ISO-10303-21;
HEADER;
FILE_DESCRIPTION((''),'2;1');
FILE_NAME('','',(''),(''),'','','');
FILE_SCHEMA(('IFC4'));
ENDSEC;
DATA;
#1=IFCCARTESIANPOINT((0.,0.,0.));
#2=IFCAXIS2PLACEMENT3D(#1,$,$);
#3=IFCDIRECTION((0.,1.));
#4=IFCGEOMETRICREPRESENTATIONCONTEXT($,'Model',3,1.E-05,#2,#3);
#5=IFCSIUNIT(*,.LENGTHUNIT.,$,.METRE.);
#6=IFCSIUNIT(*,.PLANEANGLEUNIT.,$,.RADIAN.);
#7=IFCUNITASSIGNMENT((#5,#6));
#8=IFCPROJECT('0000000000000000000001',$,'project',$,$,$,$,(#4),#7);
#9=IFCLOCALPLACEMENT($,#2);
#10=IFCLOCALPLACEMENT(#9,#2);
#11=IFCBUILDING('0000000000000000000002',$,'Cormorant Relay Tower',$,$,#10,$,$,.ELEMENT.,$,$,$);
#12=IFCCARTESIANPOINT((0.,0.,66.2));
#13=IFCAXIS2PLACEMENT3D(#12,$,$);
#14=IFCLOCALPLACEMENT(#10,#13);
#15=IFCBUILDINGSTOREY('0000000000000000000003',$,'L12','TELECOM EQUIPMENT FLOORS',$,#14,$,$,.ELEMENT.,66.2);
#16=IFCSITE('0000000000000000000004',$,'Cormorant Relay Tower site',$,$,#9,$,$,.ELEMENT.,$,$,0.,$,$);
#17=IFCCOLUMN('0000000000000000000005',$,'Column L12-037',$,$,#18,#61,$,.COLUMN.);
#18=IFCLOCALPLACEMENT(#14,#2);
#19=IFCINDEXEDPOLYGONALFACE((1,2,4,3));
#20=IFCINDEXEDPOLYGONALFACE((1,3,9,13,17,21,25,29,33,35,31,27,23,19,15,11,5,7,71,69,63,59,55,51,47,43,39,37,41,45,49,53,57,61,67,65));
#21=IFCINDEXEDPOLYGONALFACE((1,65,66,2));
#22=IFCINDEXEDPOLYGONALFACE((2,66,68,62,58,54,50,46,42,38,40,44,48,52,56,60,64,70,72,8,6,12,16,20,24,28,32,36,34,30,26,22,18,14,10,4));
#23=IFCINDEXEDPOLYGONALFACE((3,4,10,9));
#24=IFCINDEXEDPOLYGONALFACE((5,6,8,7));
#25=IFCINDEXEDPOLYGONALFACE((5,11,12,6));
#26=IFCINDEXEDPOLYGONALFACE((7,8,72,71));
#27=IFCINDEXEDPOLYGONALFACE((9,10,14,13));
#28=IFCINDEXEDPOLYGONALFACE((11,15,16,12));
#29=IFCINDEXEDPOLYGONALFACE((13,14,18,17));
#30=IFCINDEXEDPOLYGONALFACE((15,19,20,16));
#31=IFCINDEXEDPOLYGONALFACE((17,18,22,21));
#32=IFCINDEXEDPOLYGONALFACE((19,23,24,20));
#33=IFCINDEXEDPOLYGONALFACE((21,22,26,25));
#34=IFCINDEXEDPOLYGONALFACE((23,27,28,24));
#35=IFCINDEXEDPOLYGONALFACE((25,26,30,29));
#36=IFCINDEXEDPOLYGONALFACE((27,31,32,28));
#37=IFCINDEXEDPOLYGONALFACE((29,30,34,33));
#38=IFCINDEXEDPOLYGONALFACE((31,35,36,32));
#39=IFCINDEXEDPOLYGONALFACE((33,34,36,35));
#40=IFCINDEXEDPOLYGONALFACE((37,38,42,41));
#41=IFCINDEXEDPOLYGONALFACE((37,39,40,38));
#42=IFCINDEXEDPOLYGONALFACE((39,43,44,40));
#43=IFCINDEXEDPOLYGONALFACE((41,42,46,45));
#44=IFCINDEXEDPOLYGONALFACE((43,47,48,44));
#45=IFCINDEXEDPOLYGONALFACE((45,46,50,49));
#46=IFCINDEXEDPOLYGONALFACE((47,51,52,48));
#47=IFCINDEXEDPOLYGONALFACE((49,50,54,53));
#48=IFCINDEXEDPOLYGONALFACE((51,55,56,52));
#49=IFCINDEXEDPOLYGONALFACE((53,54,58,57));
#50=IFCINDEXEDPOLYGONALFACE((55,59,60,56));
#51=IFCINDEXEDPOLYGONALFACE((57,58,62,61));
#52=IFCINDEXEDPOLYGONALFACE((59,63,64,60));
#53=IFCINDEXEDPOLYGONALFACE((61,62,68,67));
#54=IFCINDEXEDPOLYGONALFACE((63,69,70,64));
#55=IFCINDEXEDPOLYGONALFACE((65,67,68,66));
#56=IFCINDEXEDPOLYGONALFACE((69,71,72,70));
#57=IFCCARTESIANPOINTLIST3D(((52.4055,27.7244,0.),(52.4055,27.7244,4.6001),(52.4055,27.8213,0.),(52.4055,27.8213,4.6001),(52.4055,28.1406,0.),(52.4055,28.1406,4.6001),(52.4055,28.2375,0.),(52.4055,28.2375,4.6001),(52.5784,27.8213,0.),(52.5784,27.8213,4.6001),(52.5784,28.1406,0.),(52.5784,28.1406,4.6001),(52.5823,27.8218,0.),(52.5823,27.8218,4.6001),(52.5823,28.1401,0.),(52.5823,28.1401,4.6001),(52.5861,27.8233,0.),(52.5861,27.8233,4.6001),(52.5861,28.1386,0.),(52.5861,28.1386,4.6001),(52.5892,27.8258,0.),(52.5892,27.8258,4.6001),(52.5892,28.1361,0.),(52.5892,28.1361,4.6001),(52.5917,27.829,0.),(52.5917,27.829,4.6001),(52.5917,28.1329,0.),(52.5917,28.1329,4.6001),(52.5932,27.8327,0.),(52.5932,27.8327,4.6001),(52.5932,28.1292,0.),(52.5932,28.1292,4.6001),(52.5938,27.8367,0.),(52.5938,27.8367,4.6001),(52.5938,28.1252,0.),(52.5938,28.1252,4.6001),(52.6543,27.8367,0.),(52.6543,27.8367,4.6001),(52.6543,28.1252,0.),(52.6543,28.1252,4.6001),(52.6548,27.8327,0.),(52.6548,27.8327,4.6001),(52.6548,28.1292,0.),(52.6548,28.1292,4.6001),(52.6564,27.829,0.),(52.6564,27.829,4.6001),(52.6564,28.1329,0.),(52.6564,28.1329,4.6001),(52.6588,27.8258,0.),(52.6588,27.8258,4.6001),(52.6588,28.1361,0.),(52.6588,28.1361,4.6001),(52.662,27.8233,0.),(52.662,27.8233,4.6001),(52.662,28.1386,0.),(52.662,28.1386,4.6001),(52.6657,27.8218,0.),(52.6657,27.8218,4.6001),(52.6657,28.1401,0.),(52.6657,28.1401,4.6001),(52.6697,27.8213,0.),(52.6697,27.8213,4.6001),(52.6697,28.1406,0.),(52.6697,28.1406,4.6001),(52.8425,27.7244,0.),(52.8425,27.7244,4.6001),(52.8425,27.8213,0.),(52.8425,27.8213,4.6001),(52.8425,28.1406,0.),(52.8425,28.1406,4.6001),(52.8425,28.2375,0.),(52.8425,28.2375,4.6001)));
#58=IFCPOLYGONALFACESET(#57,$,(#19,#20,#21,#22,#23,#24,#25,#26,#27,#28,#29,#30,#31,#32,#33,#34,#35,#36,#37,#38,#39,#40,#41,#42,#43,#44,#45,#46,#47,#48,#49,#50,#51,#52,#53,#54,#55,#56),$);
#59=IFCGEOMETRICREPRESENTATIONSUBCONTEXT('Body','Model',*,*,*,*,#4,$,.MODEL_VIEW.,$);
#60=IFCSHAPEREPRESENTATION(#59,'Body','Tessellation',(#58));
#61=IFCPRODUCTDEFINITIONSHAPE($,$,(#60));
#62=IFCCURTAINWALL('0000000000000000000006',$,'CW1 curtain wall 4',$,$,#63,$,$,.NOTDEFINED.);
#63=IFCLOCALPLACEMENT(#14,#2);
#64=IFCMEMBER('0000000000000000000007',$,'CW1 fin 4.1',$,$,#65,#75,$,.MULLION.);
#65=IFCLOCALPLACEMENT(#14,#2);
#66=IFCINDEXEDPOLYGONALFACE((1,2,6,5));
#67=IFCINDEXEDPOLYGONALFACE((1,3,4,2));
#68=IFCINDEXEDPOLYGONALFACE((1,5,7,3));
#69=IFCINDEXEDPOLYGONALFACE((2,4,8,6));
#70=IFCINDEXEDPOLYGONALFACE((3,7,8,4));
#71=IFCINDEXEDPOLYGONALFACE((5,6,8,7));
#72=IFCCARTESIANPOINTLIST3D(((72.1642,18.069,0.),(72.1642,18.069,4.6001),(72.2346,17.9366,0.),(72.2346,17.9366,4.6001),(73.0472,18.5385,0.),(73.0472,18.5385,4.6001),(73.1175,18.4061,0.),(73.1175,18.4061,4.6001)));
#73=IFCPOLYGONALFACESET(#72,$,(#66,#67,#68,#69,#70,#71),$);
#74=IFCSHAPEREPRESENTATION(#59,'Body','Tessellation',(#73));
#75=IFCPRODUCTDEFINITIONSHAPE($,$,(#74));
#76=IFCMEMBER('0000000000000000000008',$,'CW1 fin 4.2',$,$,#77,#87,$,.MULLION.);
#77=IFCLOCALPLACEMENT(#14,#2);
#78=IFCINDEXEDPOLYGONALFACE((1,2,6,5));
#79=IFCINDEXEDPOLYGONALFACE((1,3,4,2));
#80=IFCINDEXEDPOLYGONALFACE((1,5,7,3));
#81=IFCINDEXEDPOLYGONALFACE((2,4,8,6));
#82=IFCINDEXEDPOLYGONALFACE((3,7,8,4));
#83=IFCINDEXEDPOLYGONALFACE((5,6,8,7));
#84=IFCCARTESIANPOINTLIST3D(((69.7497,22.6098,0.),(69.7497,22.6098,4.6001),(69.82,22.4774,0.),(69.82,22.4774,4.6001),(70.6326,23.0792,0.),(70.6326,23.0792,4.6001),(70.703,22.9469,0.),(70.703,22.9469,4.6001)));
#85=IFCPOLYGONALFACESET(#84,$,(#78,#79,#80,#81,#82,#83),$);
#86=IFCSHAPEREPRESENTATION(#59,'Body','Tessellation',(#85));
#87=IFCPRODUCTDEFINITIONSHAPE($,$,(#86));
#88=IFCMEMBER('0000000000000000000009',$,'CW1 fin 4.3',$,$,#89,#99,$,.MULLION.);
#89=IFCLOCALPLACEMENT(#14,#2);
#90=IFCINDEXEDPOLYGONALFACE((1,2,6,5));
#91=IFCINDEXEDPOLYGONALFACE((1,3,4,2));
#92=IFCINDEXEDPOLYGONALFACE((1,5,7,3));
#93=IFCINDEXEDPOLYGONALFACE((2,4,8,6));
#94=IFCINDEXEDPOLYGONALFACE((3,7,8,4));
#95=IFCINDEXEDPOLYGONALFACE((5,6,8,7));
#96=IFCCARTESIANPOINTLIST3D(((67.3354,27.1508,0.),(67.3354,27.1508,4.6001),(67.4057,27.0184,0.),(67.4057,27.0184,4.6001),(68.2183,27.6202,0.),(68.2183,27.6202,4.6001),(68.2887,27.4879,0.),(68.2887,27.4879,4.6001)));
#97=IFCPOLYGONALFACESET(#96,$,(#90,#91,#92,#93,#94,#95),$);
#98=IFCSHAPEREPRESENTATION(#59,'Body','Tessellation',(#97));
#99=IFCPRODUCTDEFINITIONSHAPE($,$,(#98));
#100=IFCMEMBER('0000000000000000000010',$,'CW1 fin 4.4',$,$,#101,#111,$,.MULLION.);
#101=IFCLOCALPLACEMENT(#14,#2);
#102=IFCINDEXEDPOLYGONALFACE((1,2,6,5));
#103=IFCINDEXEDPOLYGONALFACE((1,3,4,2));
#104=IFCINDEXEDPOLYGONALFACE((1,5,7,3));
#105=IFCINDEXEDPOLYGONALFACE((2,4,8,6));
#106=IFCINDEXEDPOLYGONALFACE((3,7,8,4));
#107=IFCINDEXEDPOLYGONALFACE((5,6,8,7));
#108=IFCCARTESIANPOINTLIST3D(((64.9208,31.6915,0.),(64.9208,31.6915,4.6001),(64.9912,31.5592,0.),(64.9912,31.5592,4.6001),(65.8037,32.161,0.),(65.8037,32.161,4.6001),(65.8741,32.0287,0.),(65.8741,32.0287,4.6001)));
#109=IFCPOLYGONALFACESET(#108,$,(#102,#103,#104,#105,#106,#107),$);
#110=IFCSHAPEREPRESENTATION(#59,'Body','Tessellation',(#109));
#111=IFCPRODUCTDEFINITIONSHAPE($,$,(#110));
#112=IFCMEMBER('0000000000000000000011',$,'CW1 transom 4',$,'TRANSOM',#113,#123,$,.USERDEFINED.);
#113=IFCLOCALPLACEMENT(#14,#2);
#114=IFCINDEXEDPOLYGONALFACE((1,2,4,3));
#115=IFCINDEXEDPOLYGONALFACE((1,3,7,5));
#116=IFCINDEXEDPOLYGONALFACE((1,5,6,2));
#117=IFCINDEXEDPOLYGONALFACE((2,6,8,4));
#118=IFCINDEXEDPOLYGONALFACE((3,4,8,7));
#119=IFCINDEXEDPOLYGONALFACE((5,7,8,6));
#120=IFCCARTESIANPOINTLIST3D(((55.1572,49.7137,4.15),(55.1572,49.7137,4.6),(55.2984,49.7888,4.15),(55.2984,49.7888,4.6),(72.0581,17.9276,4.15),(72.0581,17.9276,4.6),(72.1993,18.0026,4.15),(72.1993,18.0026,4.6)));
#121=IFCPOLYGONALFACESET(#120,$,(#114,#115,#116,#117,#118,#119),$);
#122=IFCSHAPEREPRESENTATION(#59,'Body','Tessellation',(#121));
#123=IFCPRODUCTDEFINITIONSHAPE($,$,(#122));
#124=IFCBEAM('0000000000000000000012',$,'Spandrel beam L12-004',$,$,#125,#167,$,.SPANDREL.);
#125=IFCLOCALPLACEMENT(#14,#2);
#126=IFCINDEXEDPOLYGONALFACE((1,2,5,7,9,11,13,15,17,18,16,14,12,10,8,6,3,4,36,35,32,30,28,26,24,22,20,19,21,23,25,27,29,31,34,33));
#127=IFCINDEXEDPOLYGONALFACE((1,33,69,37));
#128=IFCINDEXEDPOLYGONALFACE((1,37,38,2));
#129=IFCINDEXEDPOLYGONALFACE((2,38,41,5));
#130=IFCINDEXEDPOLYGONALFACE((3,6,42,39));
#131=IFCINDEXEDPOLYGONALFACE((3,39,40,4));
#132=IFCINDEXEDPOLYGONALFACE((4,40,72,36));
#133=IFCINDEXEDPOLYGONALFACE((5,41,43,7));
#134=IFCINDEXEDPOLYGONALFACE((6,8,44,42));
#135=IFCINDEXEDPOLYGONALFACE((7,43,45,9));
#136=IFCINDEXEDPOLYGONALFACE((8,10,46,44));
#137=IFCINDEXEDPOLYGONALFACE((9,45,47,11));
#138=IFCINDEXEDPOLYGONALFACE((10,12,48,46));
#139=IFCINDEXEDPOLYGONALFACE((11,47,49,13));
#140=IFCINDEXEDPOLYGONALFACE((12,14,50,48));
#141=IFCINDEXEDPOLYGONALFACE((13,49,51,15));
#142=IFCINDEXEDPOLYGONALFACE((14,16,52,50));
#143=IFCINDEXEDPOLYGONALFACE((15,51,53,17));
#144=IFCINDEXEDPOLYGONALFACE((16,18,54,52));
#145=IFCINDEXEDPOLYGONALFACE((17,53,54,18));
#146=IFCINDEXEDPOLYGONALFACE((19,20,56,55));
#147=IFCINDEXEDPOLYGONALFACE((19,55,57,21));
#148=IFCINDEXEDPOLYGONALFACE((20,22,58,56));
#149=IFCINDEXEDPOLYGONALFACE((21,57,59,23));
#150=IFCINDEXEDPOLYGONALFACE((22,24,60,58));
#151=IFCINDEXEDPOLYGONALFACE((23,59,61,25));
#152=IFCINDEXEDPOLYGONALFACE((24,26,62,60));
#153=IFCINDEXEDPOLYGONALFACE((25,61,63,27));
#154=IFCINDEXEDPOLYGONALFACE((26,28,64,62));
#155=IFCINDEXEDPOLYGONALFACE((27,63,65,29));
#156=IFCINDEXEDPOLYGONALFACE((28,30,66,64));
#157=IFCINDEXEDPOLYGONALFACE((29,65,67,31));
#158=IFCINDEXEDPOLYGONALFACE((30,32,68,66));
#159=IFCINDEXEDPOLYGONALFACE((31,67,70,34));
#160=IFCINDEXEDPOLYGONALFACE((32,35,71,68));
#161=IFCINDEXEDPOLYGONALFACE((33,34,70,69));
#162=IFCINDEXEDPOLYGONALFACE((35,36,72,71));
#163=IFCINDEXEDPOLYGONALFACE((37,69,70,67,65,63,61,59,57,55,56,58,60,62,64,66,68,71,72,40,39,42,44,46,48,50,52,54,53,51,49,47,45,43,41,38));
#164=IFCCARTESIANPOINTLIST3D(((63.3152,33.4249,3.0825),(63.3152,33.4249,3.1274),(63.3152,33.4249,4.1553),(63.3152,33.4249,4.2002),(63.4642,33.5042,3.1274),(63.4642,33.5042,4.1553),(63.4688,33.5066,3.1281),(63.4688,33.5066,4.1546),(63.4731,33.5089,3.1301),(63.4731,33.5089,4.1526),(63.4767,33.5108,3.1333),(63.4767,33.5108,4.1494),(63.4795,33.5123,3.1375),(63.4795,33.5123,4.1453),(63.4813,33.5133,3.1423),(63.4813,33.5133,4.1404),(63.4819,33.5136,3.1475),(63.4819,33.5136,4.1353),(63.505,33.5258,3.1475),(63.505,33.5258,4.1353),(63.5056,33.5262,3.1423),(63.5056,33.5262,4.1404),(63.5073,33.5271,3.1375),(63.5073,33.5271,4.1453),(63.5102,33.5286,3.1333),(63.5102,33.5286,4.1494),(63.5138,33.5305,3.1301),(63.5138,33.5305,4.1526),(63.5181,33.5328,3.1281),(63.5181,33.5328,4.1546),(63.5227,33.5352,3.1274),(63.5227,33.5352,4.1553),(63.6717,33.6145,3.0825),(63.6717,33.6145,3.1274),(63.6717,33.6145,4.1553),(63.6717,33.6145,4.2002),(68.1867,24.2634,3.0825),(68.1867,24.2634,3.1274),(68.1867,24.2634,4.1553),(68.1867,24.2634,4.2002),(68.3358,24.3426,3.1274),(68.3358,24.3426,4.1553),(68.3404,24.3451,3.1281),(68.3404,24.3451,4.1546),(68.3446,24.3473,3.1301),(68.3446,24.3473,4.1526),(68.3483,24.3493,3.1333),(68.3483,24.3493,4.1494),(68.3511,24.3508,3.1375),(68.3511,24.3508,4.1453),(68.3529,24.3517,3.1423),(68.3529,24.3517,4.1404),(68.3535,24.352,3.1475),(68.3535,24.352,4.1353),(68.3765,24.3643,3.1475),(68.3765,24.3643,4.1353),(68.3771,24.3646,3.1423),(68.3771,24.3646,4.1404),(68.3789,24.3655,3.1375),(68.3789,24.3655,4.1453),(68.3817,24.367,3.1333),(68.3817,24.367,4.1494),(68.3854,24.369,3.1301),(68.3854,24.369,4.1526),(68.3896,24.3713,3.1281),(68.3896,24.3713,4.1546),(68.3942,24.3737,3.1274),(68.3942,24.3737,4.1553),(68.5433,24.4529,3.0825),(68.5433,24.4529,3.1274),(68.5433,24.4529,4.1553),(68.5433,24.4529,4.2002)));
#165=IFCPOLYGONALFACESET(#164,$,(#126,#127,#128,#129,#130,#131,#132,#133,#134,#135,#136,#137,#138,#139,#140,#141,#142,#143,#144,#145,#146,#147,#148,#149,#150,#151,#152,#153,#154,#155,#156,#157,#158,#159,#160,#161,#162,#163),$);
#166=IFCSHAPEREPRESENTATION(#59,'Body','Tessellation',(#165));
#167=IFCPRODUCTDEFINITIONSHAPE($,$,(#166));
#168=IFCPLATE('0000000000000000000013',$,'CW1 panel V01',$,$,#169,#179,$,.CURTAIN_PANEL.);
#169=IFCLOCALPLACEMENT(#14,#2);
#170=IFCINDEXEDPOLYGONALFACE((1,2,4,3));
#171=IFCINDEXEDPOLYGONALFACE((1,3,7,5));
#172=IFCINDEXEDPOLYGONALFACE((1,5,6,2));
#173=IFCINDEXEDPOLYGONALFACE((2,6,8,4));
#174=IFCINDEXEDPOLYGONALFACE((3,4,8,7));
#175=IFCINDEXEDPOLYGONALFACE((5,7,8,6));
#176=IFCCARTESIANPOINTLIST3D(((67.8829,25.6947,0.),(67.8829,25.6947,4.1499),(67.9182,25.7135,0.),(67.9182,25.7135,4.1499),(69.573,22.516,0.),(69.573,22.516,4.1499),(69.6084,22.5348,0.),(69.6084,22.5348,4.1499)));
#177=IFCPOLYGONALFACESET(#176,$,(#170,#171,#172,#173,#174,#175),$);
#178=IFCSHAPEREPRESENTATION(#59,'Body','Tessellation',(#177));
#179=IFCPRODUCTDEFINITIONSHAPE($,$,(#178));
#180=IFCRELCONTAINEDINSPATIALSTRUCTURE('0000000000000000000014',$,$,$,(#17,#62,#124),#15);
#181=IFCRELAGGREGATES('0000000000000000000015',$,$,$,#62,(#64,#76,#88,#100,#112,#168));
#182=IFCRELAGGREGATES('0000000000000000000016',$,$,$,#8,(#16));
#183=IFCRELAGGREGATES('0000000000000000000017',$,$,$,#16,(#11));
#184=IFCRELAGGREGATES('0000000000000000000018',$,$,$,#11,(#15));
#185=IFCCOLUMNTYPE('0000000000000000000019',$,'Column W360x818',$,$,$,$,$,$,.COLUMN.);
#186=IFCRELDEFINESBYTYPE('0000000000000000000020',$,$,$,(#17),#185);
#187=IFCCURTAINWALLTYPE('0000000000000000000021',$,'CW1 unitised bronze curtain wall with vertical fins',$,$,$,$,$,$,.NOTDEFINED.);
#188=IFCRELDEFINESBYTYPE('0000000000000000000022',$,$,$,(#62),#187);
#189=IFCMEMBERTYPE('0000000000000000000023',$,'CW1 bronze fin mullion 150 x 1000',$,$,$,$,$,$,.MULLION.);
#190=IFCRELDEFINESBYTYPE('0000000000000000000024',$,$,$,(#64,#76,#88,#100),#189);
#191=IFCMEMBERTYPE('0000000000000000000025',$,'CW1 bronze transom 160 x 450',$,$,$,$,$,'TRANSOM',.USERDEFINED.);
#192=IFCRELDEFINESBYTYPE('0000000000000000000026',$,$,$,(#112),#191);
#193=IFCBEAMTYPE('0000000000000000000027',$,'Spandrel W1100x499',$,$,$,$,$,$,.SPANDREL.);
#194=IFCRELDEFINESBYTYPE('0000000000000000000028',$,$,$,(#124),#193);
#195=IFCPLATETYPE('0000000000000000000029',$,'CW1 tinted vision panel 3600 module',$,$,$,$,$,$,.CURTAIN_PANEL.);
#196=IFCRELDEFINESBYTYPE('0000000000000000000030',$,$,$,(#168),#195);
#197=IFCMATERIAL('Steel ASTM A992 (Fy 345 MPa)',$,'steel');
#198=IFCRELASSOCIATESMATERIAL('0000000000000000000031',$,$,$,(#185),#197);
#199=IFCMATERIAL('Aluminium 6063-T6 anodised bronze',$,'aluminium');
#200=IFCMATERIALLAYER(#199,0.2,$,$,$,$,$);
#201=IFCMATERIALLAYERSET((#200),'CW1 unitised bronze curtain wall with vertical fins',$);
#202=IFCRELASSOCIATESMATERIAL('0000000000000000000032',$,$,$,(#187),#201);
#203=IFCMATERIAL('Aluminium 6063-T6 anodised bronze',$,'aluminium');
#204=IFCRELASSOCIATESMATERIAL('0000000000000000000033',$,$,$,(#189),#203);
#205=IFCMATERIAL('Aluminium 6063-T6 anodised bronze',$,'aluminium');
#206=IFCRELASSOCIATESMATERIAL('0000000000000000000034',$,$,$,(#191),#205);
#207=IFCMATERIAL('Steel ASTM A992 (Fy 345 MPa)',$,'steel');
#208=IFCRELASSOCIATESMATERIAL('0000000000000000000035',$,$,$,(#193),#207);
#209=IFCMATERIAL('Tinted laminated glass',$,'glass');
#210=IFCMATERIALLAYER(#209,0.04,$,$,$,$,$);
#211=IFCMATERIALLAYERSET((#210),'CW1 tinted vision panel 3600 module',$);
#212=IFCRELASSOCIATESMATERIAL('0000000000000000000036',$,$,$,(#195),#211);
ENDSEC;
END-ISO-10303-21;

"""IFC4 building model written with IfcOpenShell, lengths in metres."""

from ifc_helpers import new_model, si_unit, direction, frame, origin, origin_2d, place, context, subcontext, project, spatial, rectangle, i_section, extrude, material, layer, layer_set, material_profile, profile_set, type_object, element, aggregate, save


model = new_model("IFC4")

# Units and contexts
model_context = context("Model", 3, precision=1e-05, world=origin(), true_north=direction((0.0, 1.0)))
body_context = subcontext(model_context, "Body", "Model", "MODEL_VIEW")
ifc_project = project(units=[si_unit("LENGTHUNIT", "METRE"), si_unit("PLANEANGLEUNIT", "RADIAN")], contexts=[model_context])

# Site, building, storey
site_placement = place(None, origin())
site = spatial("IfcSite", under=ifc_project, at=site_placement, Name="Cormorant Relay Tower site", CompositionType="ELEMENT", RefElevation=0.0)
building_placement = place(site_placement, origin())
building = spatial("IfcBuilding", under=site, at=building_placement, Name="Cormorant Relay Tower", CompositionType="ELEMENT")
storey_placement = place(building_placement, frame((0.0, 0.0, 66.2)))
storey = spatial("IfcBuildingStorey", under=building, at=storey_placement, Name="L12", Description="TELECOM EQUIPMENT FLOORS", CompositionType="ELEMENT", Elevation=66.2)

# Column
ifc_material_1 = material(Name="Steel ASTM A992 (Fy 345 MPa)", Category="steel")
ifc_material_profile_1 = material_profile(ifc_material_1, i_section(OverallWidth=0.437, OverallDepth=0.5132, WebThickness=0.0605, FlangeThickness=0.0969, FilletRadius=0.0154, at=origin_2d()), Name="W360x818")
ifc_profile_set_1 = profile_set([ifc_material_profile_1], Name="Steel ASTM A992 (Fy 345 MPa)")
column_type_1 = type_object("IfcColumnType", Name="Column W360x818", PredefinedType="COLUMN", material=ifc_profile_set_1)
for number, where, z_axis, x_axis, name in (
    (1, (52.624, 27.981, 0.0), (0.0, 0.0, 1.0), (1.0, 0.0, 0.0), "Column L12-037"),
):
    element("IfcColumn", number, at=place(storey_placement, frame(where, z_axis=z_axis, x_axis=x_axis)), inside=storey, type_object=column_type_1, Name=name, PredefinedType="COLUMN", context=body_context, shape_type="SweptSolid", body=[
        extrude(i_section(OverallWidth=0.437, OverallDepth=0.5132, WebThickness=0.0605, FlangeThickness=0.0969, FilletRadius=0.0154, at=origin_2d()), origin(), (0.0, 0.0, 1.0), 4.6001),
    ])

# Curtain wall, members
ifc_material_2 = material(Name="Aluminium 6063-T6 anodised bronze", Category="aluminium")
ifc_layer_1 = layer(ifc_material_2, 0.2)
ifc_layer_set_1 = layer_set([ifc_layer_1], Name="CW1 unitised bronze curtain wall with vertical fins")
curtain_wall_type = type_object("IfcCurtainWallType", Name="CW1 unitised bronze curtain wall with vertical fins", PredefinedType="NOTDEFINED", material=ifc_layer_set_1)
curtain_wall_1_placement = place(storey_placement, origin())
curtain_wall_1 = element("IfcCurtainWall", 2, at=curtain_wall_1_placement, inside=storey, type_object=curtain_wall_type, Name="CW1 curtain wall 4", PredefinedType="NOTDEFINED")
ifc_material_3 = material(Name="Aluminium 6063-T6 anodised bronze", Category="aluminium")
ifc_material_profile_2 = material_profile(ifc_material_3, rectangle(XDim=0.1499, YDim=1.0, at=origin_2d()), Name="AL 150x1000")
ifc_profile_set_2 = profile_set([ifc_material_profile_2], Name="Aluminium 6063-T6 anodised bronze")
member_type_1 = type_object("IfcMemberType", Name="CW1 bronze fin mullion 150 x 1000", PredefinedType="MULLION", material=ifc_profile_set_2)
member_1_placement = place(storey_placement, frame((72.6409, 18.2375, 0.0), z_axis=(0.0, 0.0, 1.0), x_axis=(-0.469472, 0.882948, 0.0)))
member_1 = element("IfcMember", 3, at=member_1_placement, type_object=member_type_1, Name="CW1 fin 4.1", PredefinedType="MULLION", context=body_context, shape_type="SweptSolid", body=[
    extrude(rectangle(XDim=0.1499, YDim=1.0, at=origin_2d()), origin(), (0.0, 0.0, 1.0), 4.6001),
])
member_2_placement = place(storey_placement, frame((70.2263, 22.7783, 0.0), z_axis=(0.0, 0.0, 1.0), x_axis=(-0.469472, 0.882948, 0.0)))
member_2 = element("IfcMember", 4, at=member_2_placement, type_object=member_type_1, Name="CW1 fin 4.2", PredefinedType="MULLION", context=body_context, shape_type="SweptSolid", body=[
    extrude(rectangle(XDim=0.1499, YDim=1.0, at=origin_2d()), origin(), (0.0, 0.0, 1.0), 4.6001),
])
member_3_placement = place(storey_placement, frame((67.812, 27.3193, 0.0), z_axis=(0.0, 0.0, 1.0), x_axis=(-0.469472, 0.882948, 0.0)))
member_3 = element("IfcMember", 5, at=member_3_placement, type_object=member_type_1, Name="CW1 fin 4.3", PredefinedType="MULLION", context=body_context, shape_type="SweptSolid", body=[
    extrude(rectangle(XDim=0.1499, YDim=1.0, at=origin_2d()), origin(), (0.0, 0.0, 1.0), 4.6001),
])
member_4_placement = place(storey_placement, frame((65.3975, 31.8601, 0.0), z_axis=(0.0, 0.0, 1.0), x_axis=(-0.469472, 0.882948, 0.0)))
member_4 = element("IfcMember", 6, at=member_4_placement, type_object=member_type_1, Name="CW1 fin 4.4", PredefinedType="MULLION", context=body_context, shape_type="SweptSolid", body=[
    extrude(rectangle(XDim=0.1499, YDim=1.0, at=origin_2d()), origin(), (0.0, 0.0, 1.0), 4.6001),
])
ifc_material_4 = material(Name="Aluminium 6063-T6 anodised bronze", Category="aluminium")
ifc_material_profile_3 = material_profile(ifc_material_4, rectangle(XDim=0.1599, YDim=0.45, at=origin_2d()), Name="AL 160x450")
ifc_profile_set_3 = profile_set([ifc_material_profile_3], Name="Aluminium 6063-T6 anodised bronze")
member_type_2 = type_object("IfcMemberType", Name="CW1 bronze transom 160 x 450", ElementType="TRANSOM", PredefinedType="USERDEFINED", material=ifc_profile_set_3)
member_5_placement = place(storey_placement, frame((72.1287, 17.9651, 4.375), z_axis=(-0.469469, 0.882949, 0.0), x_axis=(-0.882949, -0.469469, 0.0)))
member_5 = element("IfcMember", 7, at=member_5_placement, type_object=member_type_2, Name="CW1 transom 4", ObjectType="TRANSOM", PredefinedType="USERDEFINED", context=body_context, shape_type="SweptSolid", body=[
    extrude(rectangle(XDim=0.1599, YDim=0.45, at=origin_2d()), origin(), (0.0, 0.0, 1.0), 36.0),
])

# Beam
ifc_material_5 = material(Name="Steel ASTM A992 (Fy 345 MPa)", Category="steel")
ifc_material_profile_4 = material_profile(ifc_material_5, i_section(OverallWidth=0.4038, OverallDepth=1.1177, WebThickness=0.0261, FlangeThickness=0.0449, FilletRadius=0.02, at=origin_2d()), Name="W1100x499")
ifc_profile_set_4 = profile_set([ifc_material_profile_4], Name="Steel ASTM A992 (Fy 345 MPa)")
beam_type = type_object("IfcBeamType", Name="Spandrel W1100x499", PredefinedType="SPANDREL", material=ifc_profile_set_4)
beam_placement = place(storey_placement, frame((68.365, 24.3582, 3.6414), z_axis=(-0.469491, 0.882937, 0.0), x_axis=(-0.882937, -0.469491, 0.0)))
element("IfcBeam", 8, at=beam_placement, inside=storey, type_object=beam_type, Name="Spandrel beam L12-004", PredefinedType="SPANDREL", context=body_context, shape_type="SweptSolid", body=[
    extrude(i_section(OverallWidth=0.4038, OverallDepth=1.1177, WebThickness=0.0261, FlangeThickness=0.0449, FilletRadius=0.02, at=origin_2d()), origin(), (0.0, 0.0, 1.0), 10.3762),
])

# Plate
ifc_material_6 = material(Name="Tinted laminated glass", Category="glass")
ifc_layer_2 = layer(ifc_material_6, 0.04)
ifc_layer_set_2 = layer_set([ifc_layer_2], Name="CW1 tinted vision panel 3600 module")
plate_type = type_object("IfcPlateType", Name="CW1 tinted vision panel 3600 module", PredefinedType="CURTAIN_PANEL", material=ifc_layer_set_2)
plate_placement = place(storey_placement, frame((68.7456, 24.1147, 0.0), z_axis=(0.0, 0.0, 1.0), x_axis=(-0.469472, 0.882948, 0.0)))
plate = element("IfcPlate", 9, at=plate_placement, type_object=plate_type, Name="CW1 panel V01", PredefinedType="CURTAIN_PANEL", context=body_context, shape_type="SweptSolid", body=[
    extrude(rectangle(XDim=3.6001, YDim=0.04, at=origin_2d()), origin(), (0.0, 0.0, 1.0), 4.1499),
])

aggregate(curtain_wall_1, [member_1, member_2, member_3, member_4, member_5, plate])

save(model, "model.ifc")
